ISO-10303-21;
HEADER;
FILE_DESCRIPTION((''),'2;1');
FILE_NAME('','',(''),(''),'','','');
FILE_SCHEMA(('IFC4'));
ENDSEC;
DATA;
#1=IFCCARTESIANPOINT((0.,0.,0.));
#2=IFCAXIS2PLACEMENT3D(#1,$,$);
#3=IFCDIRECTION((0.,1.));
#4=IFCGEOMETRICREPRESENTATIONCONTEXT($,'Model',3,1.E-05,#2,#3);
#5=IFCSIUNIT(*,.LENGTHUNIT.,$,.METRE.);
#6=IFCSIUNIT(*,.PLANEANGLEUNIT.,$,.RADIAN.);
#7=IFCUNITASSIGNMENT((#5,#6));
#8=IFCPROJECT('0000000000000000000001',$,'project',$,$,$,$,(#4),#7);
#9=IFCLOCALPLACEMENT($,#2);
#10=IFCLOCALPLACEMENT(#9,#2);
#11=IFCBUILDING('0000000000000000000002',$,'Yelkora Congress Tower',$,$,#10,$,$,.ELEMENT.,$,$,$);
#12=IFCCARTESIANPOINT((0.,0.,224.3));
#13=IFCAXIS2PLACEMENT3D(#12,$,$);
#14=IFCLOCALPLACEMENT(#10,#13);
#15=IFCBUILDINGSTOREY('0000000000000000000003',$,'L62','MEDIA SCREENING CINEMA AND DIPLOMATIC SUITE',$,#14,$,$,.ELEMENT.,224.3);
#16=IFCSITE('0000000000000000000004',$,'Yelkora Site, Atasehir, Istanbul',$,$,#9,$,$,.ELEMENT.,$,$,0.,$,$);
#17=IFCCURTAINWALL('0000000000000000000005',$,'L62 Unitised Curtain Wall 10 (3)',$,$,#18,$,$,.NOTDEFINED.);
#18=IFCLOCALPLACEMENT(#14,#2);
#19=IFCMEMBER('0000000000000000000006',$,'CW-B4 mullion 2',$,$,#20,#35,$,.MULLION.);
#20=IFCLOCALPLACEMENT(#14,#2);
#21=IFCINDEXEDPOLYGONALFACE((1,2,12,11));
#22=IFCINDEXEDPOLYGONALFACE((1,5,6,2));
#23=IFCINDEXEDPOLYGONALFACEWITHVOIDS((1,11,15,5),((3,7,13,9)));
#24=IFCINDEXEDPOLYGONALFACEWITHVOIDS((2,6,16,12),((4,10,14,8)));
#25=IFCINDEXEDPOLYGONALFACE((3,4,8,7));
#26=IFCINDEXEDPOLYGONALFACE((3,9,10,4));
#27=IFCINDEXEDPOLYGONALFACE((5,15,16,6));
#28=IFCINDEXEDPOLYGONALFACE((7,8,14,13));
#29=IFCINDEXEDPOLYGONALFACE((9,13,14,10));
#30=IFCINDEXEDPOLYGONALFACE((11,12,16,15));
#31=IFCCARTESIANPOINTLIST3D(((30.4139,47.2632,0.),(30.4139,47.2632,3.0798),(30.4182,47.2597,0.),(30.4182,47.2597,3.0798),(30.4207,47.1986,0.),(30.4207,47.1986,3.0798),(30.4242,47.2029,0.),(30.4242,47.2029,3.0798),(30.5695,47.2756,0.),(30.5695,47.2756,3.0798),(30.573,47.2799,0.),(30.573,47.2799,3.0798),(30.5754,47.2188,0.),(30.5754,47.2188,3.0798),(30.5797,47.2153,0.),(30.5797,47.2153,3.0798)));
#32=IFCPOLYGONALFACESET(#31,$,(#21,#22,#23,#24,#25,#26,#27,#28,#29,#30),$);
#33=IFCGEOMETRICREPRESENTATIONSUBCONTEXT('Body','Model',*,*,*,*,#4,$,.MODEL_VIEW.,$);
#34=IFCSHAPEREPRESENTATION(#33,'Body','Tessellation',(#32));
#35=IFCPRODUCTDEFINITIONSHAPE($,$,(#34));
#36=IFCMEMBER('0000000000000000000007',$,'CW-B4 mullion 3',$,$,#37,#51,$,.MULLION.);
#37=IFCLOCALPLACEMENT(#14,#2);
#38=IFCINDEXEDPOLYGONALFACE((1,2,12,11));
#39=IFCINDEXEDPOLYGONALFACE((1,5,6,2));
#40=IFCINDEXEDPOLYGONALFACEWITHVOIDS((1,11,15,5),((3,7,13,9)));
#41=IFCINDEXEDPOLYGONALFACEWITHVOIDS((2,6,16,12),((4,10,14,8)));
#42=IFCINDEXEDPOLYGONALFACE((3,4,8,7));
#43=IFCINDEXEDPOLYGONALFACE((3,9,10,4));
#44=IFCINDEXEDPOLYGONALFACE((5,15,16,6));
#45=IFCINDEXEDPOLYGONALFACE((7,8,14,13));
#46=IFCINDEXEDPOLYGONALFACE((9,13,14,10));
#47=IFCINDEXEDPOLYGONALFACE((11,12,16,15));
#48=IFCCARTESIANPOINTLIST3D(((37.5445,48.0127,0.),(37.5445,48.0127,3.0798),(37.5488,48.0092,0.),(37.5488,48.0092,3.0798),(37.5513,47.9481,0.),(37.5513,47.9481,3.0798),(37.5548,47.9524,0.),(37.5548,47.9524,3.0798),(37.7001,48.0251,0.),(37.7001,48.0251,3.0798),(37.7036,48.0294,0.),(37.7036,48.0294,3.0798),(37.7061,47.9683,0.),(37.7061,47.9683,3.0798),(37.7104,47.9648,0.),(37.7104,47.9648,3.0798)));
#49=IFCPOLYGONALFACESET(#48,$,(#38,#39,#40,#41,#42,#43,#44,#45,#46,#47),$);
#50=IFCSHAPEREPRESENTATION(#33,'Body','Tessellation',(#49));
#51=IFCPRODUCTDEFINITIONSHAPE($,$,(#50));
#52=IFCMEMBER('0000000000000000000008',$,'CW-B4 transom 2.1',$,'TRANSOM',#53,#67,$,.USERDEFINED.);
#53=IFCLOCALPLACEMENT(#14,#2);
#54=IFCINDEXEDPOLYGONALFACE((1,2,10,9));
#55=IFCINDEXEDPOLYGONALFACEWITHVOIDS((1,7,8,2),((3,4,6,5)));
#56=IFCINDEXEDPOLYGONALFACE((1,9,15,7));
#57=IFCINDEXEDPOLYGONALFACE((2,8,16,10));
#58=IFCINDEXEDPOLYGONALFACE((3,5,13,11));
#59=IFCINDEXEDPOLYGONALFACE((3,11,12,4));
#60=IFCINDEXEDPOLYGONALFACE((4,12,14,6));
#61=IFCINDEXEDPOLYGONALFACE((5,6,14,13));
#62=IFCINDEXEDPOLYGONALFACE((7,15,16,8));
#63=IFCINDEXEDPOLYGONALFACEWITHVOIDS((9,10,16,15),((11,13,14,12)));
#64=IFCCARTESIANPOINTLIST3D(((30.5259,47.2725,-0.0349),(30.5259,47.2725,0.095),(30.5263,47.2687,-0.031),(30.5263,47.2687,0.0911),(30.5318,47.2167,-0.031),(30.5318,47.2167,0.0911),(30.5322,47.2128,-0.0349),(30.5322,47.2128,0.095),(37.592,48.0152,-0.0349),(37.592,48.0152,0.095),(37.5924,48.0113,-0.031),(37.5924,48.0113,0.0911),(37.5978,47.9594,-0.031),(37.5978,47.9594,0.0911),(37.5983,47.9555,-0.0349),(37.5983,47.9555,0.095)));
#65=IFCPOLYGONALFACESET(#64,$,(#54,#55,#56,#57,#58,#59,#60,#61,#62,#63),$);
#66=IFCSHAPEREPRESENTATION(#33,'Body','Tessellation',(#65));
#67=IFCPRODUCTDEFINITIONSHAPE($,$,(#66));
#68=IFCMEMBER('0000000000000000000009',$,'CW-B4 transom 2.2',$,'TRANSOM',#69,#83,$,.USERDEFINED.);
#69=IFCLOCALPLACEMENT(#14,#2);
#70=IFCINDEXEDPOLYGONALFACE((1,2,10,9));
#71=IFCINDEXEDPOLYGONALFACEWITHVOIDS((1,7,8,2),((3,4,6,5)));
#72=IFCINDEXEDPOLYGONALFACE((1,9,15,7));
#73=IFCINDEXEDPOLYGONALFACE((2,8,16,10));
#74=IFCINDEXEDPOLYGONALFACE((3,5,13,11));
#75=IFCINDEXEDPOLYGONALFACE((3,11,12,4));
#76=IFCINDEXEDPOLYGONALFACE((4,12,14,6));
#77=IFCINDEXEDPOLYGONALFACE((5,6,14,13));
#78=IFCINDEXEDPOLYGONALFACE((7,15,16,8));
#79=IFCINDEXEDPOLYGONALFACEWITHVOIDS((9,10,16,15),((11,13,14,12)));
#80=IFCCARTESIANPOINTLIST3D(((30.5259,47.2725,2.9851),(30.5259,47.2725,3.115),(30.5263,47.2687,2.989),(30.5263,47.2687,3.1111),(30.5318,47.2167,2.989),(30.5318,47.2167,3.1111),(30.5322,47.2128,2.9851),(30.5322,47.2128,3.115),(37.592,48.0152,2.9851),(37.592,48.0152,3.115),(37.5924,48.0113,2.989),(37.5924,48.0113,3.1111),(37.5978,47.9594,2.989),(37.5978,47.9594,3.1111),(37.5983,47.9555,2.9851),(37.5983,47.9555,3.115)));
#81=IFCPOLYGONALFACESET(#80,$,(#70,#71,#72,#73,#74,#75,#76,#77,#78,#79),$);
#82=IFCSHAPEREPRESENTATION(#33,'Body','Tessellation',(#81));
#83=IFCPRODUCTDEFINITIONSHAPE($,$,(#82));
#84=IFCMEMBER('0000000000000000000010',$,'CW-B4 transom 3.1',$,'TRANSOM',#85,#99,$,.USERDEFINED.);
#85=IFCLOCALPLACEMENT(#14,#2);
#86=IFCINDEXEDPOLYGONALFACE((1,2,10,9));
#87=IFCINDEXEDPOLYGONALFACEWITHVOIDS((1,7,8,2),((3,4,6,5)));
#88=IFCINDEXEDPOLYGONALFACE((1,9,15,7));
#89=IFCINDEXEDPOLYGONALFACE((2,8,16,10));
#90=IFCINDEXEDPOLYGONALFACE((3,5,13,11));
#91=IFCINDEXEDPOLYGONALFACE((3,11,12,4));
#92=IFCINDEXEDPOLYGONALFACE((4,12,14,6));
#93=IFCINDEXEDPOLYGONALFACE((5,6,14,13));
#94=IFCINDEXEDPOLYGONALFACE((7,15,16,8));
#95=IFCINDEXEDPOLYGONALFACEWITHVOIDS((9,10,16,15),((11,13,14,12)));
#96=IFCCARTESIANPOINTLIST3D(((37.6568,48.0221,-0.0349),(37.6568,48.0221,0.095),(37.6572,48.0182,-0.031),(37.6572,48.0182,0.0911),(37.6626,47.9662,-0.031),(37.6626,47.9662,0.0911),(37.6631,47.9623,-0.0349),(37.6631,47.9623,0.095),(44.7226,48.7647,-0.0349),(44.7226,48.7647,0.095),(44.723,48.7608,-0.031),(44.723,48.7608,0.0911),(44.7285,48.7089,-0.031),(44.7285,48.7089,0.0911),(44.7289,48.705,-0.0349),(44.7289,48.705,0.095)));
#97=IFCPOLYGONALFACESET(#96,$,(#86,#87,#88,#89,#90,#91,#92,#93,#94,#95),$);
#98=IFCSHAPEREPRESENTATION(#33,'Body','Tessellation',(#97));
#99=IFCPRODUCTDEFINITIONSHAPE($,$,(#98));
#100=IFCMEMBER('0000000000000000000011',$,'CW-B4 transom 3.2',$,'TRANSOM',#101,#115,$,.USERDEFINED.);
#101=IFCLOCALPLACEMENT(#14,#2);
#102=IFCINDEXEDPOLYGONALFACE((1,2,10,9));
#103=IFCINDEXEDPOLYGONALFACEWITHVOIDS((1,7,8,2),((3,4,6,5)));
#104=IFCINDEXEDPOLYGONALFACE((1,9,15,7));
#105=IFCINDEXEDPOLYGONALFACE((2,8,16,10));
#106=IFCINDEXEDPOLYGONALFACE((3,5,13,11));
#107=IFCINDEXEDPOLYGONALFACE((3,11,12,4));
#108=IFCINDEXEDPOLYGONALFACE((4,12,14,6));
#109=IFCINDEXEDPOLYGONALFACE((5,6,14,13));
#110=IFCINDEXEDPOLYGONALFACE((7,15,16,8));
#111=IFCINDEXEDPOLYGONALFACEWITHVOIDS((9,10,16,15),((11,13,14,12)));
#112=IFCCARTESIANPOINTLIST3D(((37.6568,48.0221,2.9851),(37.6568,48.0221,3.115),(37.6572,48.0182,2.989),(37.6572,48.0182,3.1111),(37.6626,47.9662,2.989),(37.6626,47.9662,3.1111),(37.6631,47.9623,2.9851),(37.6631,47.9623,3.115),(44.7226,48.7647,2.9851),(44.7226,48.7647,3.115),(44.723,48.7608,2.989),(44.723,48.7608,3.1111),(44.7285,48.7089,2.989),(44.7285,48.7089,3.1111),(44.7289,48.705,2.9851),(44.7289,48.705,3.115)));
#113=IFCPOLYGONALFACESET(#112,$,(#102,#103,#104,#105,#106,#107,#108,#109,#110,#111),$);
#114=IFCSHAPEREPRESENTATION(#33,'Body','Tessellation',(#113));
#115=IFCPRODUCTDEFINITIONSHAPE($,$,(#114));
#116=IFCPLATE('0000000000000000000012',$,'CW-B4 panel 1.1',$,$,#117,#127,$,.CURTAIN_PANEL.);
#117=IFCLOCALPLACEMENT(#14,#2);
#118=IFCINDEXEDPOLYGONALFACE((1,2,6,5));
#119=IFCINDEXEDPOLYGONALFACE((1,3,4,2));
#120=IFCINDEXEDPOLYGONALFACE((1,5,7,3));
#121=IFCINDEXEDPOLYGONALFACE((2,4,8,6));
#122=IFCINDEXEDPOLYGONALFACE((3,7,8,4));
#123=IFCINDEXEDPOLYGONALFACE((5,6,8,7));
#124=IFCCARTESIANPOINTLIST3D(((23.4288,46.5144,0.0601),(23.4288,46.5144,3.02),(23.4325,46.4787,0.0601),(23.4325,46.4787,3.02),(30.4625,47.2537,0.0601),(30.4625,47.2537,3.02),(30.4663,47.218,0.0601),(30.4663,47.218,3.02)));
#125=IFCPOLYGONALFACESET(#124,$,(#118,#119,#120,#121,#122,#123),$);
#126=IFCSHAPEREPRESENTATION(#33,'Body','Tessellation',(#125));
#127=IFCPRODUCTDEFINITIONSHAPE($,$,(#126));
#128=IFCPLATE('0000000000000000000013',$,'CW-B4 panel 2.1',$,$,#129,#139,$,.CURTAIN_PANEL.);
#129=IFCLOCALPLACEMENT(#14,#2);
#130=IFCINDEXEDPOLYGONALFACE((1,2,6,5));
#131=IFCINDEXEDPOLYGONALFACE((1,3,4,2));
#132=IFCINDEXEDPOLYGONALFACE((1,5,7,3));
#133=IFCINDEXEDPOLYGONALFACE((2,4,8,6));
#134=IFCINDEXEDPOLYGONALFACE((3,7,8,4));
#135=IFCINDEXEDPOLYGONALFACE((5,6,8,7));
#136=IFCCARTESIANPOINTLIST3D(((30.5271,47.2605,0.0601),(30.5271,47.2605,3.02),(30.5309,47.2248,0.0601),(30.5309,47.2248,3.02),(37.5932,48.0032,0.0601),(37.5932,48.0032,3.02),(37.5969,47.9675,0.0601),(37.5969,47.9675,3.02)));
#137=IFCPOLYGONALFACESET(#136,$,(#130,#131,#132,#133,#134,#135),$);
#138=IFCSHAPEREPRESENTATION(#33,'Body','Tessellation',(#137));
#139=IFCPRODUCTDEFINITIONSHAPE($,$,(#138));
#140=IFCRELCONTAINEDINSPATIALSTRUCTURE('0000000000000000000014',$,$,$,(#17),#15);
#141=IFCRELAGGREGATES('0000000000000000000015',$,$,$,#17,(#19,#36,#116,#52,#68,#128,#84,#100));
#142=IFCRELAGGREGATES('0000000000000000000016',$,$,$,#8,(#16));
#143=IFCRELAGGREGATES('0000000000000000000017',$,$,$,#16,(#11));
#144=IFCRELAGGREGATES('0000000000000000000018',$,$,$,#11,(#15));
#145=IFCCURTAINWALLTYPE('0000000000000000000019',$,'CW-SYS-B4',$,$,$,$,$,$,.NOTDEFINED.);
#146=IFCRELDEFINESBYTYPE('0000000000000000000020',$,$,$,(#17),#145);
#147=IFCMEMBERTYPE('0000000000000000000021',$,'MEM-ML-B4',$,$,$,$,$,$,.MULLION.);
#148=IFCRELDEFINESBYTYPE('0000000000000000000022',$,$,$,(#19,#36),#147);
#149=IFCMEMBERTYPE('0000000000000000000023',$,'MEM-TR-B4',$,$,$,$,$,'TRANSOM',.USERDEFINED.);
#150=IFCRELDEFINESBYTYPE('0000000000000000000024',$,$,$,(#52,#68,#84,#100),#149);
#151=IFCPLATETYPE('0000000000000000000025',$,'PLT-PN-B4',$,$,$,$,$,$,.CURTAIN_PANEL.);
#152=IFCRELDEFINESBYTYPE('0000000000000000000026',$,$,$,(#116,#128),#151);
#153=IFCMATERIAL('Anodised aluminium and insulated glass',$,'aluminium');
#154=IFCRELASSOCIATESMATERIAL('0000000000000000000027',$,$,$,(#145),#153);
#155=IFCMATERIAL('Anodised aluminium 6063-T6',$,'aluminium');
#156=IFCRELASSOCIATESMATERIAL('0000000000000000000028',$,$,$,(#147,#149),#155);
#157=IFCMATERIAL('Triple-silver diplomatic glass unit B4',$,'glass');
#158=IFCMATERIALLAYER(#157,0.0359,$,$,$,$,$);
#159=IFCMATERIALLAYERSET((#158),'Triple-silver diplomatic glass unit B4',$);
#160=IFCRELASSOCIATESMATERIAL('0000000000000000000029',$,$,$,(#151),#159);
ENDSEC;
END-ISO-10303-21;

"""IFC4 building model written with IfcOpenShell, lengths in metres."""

from ifc_helpers import new_model, si_unit, direction, frame, origin, origin_2d, place, context, subcontext, project, spatial, rectangle, hollow_rectangle, extrude, material, layer, layer_set, material_profile, profile_set, type_object, element, aggregate, save


model = new_model("IFC4")

# Units and contexts
model_context = context("Model", 3, precision=1e-05, world=origin(), true_north=direction((0.0, 1.0)))
body_context = subcontext(model_context, "Body", "Model", "MODEL_VIEW")
ifc_project = project(units=[si_unit("LENGTHUNIT", "METRE"), si_unit("PLANEANGLEUNIT", "RADIAN")], contexts=[model_context])

# Site, building, storey
site_placement = place(None, origin())
site = spatial("IfcSite", under=ifc_project, at=site_placement, Name="Yelkora Site, Atasehir, Istanbul", CompositionType="ELEMENT", RefElevation=0.0)
building_placement = place(site_placement, origin())
building = spatial("IfcBuilding", under=site, at=building_placement, Name="Yelkora Congress Tower", CompositionType="ELEMENT")
storey_placement = place(building_placement, frame((0.0, 0.0, 224.3)))
storey = spatial("IfcBuildingStorey", under=building, at=storey_placement, Name="L62", Description="MEDIA SCREENING CINEMA AND DIPLOMATIC SUITE", CompositionType="ELEMENT", Elevation=224.3)

# Curtain wall, members, plates
ifc_material_1 = material(Name="Anodised aluminium and insulated glass", Category="aluminium")
curtain_wall_type = type_object("IfcCurtainWallType", Name="CW-SYS-B4", PredefinedType="NOTDEFINED", material=ifc_material_1)
curtain_wall_placement = place(storey_placement, origin())
curtain_wall = element("IfcCurtainWall", 1, at=curtain_wall_placement, inside=storey, type_object=curtain_wall_type, Name="L62 Unitised Curtain Wall 10 (3)", PredefinedType="NOTDEFINED")
ifc_material_2 = material(Name="Anodised aluminium 6063-T6", Category="aluminium")
ifc_material_profile_1 = material_profile(ifc_material_2, hollow_rectangle(XDim=0.0649, YDim=0.1599, WallThickness=0.0039, at=origin_2d()), Name="ALU 65x160x4")
ifc_profile_set_1 = profile_set([ifc_material_profile_1], Name="Anodised aluminium 6063-T6")
member_type_1 = type_object("IfcMemberType", Name="MEM-ML-B4", PredefinedType="MULLION", material=ifc_profile_set_1)
member_1_placement = place(storey_placement, frame((30.4968, 47.2393, 0.0), z_axis=(0.0, 0.0, 1.0), x_axis=(-0.104528, 0.994522, 0.0)))
member_1 = element("IfcMember", 2, at=member_1_placement, type_object=member_type_1, Name="CW-B4 mullion 2", PredefinedType="MULLION", context=body_context, shape_type="SweptSolid", body=[
    extrude(hollow_rectangle(XDim=0.0649, YDim=0.1599, WallThickness=0.0039, at=origin_2d()), origin(), (0.0, 0.0, 1.0), 3.0798),
])
member_2_placement = place(storey_placement, frame((37.6274, 47.9888, 0.0), z_axis=(0.0, 0.0, 1.0), x_axis=(-0.104528, 0.994522, 0.0)))
member_2 = element("IfcMember", 3, at=member_2_placement, type_object=member_type_1, Name="CW-B4 mullion 3", PredefinedType="MULLION", context=body_context, shape_type="SweptSolid", body=[
    extrude(hollow_rectangle(XDim=0.0649, YDim=0.1599, WallThickness=0.0039, at=origin_2d()), origin(), (0.0, 0.0, 1.0), 3.0798),
])
ifc_material_profile_2 = material_profile(ifc_material_2, hollow_rectangle(XDim=0.0601, YDim=0.1299, WallThickness=0.0039, at=origin_2d()), Name="ALU 60x130x4")
ifc_profile_set_2 = profile_set([ifc_material_profile_2], Name="Anodised aluminium 6063-T6")
member_type_2 = type_object("IfcMemberType", Name="MEM-TR-B4", ElementType="TRANSOM", PredefinedType="USERDEFINED", material=ifc_profile_set_2)
member_3_placement = place(storey_placement, frame((30.5291, 47.2427, 0.03), z_axis=(0.994522, 0.104527, 0.0), x_axis=(-0.104527, 0.994522, 0.0)))
member_3 = element("IfcMember", 4, at=member_3_placement, type_object=member_type_2, Name="CW-B4 transom 2.1", ObjectType="TRANSOM", PredefinedType="USERDEFINED", context=body_context, shape_type="SweptSolid", body=[
    extrude(hollow_rectangle(XDim=0.0601, YDim=0.1299, WallThickness=0.0039, at=origin_2d()), origin(), (0.0, 0.0, 1.0), 7.105),
])
member_4_placement = place(storey_placement, frame((30.5291, 47.2427, 3.05), z_axis=(0.994522, 0.104527, 0.0), x_axis=(-0.104527, 0.994522, 0.0)))
member_4 = element("IfcMember", 5, at=member_4_placement, type_object=member_type_2, Name="CW-B4 transom 2.2", ObjectType="TRANSOM", PredefinedType="USERDEFINED", context=body_context, shape_type="SweptSolid", body=[
    extrude(hollow_rectangle(XDim=0.0601, YDim=0.1299, WallThickness=0.0039, at=origin_2d()), origin(), (0.0, 0.0, 1.0), 7.105),
])
member_5_placement = place(storey_placement, frame((37.6599, 47.9922, 0.03), z_axis=(0.994522, 0.104531, 0.0), x_axis=(-0.104531, 0.994522, 0.0)))
member_5 = element("IfcMember", 6, at=member_5_placement, type_object=member_type_2, Name="CW-B4 transom 3.1", ObjectType="TRANSOM", PredefinedType="USERDEFINED", context=body_context, shape_type="SweptSolid", body=[
    extrude(hollow_rectangle(XDim=0.0601, YDim=0.1299, WallThickness=0.0039, at=origin_2d()), origin(), (0.0, 0.0, 1.0), 7.1047),
])
member_6_placement = place(storey_placement, frame((37.6599, 47.9922, 3.05), z_axis=(0.994522, 0.104531, 0.0), x_axis=(-0.104531, 0.994522, 0.0)))
member_6 = element("IfcMember", 7, at=member_6_placement, type_object=member_type_2, Name="CW-B4 transom 3.2", ObjectType="TRANSOM", PredefinedType="USERDEFINED", context=body_context, shape_type="SweptSolid", body=[
    extrude(hollow_rectangle(XDim=0.0601, YDim=0.1299, WallThickness=0.0039, at=origin_2d()), origin(), (0.0, 0.0, 1.0), 7.1047),
])
ifc_material_3 = material(Name="Triple-silver diplomatic glass unit B4", Category="glass")
ifc_layer_1 = layer(ifc_material_3, 0.0359)
ifc_layer_set_1 = layer_set([ifc_layer_1], Name="Triple-silver diplomatic glass unit B4")
plate_type = type_object("IfcPlateType", Name="PLT-PN-B4", PredefinedType="CURTAIN_PANEL", material=ifc_layer_set_1)
plate_1_placement = place(storey_placement, frame((26.9475, 46.8662, 0.0601), z_axis=(0.0, 0.0, 1.0), x_axis=(0.994522, 0.104528, 0.0)))
plate_1 = element("IfcPlate", 8, at=plate_1_placement, type_object=plate_type, Name="CW-B4 panel 1.1", PredefinedType="CURTAIN_PANEL", context=body_context, shape_type="SweptSolid", body=[
    extrude(rectangle(XDim=7.0725, YDim=0.0359, at=origin_2d()), origin(), (0.0, 0.0, 1.0), 2.96),
])
plate_2_placement = place(storey_placement, frame((34.062, 47.614, 0.0601), z_axis=(0.0, 0.0, 1.0), x_axis=(0.994522, 0.104528, 0.0)))
plate_2 = element("IfcPlate", 9, at=plate_2_placement, type_object=plate_type, Name="CW-B4 panel 2.1", PredefinedType="CURTAIN_PANEL", context=body_context, shape_type="SweptSolid", body=[
    extrude(rectangle(XDim=7.105, YDim=0.0359, at=origin_2d()), origin(), (0.0, 0.0, 1.0), 2.96),
])
aggregate(curtain_wall, [member_1, member_2, plate_1, member_3, member_4, plate_2, member_5, member_6])

save(model, "model.ifc")
